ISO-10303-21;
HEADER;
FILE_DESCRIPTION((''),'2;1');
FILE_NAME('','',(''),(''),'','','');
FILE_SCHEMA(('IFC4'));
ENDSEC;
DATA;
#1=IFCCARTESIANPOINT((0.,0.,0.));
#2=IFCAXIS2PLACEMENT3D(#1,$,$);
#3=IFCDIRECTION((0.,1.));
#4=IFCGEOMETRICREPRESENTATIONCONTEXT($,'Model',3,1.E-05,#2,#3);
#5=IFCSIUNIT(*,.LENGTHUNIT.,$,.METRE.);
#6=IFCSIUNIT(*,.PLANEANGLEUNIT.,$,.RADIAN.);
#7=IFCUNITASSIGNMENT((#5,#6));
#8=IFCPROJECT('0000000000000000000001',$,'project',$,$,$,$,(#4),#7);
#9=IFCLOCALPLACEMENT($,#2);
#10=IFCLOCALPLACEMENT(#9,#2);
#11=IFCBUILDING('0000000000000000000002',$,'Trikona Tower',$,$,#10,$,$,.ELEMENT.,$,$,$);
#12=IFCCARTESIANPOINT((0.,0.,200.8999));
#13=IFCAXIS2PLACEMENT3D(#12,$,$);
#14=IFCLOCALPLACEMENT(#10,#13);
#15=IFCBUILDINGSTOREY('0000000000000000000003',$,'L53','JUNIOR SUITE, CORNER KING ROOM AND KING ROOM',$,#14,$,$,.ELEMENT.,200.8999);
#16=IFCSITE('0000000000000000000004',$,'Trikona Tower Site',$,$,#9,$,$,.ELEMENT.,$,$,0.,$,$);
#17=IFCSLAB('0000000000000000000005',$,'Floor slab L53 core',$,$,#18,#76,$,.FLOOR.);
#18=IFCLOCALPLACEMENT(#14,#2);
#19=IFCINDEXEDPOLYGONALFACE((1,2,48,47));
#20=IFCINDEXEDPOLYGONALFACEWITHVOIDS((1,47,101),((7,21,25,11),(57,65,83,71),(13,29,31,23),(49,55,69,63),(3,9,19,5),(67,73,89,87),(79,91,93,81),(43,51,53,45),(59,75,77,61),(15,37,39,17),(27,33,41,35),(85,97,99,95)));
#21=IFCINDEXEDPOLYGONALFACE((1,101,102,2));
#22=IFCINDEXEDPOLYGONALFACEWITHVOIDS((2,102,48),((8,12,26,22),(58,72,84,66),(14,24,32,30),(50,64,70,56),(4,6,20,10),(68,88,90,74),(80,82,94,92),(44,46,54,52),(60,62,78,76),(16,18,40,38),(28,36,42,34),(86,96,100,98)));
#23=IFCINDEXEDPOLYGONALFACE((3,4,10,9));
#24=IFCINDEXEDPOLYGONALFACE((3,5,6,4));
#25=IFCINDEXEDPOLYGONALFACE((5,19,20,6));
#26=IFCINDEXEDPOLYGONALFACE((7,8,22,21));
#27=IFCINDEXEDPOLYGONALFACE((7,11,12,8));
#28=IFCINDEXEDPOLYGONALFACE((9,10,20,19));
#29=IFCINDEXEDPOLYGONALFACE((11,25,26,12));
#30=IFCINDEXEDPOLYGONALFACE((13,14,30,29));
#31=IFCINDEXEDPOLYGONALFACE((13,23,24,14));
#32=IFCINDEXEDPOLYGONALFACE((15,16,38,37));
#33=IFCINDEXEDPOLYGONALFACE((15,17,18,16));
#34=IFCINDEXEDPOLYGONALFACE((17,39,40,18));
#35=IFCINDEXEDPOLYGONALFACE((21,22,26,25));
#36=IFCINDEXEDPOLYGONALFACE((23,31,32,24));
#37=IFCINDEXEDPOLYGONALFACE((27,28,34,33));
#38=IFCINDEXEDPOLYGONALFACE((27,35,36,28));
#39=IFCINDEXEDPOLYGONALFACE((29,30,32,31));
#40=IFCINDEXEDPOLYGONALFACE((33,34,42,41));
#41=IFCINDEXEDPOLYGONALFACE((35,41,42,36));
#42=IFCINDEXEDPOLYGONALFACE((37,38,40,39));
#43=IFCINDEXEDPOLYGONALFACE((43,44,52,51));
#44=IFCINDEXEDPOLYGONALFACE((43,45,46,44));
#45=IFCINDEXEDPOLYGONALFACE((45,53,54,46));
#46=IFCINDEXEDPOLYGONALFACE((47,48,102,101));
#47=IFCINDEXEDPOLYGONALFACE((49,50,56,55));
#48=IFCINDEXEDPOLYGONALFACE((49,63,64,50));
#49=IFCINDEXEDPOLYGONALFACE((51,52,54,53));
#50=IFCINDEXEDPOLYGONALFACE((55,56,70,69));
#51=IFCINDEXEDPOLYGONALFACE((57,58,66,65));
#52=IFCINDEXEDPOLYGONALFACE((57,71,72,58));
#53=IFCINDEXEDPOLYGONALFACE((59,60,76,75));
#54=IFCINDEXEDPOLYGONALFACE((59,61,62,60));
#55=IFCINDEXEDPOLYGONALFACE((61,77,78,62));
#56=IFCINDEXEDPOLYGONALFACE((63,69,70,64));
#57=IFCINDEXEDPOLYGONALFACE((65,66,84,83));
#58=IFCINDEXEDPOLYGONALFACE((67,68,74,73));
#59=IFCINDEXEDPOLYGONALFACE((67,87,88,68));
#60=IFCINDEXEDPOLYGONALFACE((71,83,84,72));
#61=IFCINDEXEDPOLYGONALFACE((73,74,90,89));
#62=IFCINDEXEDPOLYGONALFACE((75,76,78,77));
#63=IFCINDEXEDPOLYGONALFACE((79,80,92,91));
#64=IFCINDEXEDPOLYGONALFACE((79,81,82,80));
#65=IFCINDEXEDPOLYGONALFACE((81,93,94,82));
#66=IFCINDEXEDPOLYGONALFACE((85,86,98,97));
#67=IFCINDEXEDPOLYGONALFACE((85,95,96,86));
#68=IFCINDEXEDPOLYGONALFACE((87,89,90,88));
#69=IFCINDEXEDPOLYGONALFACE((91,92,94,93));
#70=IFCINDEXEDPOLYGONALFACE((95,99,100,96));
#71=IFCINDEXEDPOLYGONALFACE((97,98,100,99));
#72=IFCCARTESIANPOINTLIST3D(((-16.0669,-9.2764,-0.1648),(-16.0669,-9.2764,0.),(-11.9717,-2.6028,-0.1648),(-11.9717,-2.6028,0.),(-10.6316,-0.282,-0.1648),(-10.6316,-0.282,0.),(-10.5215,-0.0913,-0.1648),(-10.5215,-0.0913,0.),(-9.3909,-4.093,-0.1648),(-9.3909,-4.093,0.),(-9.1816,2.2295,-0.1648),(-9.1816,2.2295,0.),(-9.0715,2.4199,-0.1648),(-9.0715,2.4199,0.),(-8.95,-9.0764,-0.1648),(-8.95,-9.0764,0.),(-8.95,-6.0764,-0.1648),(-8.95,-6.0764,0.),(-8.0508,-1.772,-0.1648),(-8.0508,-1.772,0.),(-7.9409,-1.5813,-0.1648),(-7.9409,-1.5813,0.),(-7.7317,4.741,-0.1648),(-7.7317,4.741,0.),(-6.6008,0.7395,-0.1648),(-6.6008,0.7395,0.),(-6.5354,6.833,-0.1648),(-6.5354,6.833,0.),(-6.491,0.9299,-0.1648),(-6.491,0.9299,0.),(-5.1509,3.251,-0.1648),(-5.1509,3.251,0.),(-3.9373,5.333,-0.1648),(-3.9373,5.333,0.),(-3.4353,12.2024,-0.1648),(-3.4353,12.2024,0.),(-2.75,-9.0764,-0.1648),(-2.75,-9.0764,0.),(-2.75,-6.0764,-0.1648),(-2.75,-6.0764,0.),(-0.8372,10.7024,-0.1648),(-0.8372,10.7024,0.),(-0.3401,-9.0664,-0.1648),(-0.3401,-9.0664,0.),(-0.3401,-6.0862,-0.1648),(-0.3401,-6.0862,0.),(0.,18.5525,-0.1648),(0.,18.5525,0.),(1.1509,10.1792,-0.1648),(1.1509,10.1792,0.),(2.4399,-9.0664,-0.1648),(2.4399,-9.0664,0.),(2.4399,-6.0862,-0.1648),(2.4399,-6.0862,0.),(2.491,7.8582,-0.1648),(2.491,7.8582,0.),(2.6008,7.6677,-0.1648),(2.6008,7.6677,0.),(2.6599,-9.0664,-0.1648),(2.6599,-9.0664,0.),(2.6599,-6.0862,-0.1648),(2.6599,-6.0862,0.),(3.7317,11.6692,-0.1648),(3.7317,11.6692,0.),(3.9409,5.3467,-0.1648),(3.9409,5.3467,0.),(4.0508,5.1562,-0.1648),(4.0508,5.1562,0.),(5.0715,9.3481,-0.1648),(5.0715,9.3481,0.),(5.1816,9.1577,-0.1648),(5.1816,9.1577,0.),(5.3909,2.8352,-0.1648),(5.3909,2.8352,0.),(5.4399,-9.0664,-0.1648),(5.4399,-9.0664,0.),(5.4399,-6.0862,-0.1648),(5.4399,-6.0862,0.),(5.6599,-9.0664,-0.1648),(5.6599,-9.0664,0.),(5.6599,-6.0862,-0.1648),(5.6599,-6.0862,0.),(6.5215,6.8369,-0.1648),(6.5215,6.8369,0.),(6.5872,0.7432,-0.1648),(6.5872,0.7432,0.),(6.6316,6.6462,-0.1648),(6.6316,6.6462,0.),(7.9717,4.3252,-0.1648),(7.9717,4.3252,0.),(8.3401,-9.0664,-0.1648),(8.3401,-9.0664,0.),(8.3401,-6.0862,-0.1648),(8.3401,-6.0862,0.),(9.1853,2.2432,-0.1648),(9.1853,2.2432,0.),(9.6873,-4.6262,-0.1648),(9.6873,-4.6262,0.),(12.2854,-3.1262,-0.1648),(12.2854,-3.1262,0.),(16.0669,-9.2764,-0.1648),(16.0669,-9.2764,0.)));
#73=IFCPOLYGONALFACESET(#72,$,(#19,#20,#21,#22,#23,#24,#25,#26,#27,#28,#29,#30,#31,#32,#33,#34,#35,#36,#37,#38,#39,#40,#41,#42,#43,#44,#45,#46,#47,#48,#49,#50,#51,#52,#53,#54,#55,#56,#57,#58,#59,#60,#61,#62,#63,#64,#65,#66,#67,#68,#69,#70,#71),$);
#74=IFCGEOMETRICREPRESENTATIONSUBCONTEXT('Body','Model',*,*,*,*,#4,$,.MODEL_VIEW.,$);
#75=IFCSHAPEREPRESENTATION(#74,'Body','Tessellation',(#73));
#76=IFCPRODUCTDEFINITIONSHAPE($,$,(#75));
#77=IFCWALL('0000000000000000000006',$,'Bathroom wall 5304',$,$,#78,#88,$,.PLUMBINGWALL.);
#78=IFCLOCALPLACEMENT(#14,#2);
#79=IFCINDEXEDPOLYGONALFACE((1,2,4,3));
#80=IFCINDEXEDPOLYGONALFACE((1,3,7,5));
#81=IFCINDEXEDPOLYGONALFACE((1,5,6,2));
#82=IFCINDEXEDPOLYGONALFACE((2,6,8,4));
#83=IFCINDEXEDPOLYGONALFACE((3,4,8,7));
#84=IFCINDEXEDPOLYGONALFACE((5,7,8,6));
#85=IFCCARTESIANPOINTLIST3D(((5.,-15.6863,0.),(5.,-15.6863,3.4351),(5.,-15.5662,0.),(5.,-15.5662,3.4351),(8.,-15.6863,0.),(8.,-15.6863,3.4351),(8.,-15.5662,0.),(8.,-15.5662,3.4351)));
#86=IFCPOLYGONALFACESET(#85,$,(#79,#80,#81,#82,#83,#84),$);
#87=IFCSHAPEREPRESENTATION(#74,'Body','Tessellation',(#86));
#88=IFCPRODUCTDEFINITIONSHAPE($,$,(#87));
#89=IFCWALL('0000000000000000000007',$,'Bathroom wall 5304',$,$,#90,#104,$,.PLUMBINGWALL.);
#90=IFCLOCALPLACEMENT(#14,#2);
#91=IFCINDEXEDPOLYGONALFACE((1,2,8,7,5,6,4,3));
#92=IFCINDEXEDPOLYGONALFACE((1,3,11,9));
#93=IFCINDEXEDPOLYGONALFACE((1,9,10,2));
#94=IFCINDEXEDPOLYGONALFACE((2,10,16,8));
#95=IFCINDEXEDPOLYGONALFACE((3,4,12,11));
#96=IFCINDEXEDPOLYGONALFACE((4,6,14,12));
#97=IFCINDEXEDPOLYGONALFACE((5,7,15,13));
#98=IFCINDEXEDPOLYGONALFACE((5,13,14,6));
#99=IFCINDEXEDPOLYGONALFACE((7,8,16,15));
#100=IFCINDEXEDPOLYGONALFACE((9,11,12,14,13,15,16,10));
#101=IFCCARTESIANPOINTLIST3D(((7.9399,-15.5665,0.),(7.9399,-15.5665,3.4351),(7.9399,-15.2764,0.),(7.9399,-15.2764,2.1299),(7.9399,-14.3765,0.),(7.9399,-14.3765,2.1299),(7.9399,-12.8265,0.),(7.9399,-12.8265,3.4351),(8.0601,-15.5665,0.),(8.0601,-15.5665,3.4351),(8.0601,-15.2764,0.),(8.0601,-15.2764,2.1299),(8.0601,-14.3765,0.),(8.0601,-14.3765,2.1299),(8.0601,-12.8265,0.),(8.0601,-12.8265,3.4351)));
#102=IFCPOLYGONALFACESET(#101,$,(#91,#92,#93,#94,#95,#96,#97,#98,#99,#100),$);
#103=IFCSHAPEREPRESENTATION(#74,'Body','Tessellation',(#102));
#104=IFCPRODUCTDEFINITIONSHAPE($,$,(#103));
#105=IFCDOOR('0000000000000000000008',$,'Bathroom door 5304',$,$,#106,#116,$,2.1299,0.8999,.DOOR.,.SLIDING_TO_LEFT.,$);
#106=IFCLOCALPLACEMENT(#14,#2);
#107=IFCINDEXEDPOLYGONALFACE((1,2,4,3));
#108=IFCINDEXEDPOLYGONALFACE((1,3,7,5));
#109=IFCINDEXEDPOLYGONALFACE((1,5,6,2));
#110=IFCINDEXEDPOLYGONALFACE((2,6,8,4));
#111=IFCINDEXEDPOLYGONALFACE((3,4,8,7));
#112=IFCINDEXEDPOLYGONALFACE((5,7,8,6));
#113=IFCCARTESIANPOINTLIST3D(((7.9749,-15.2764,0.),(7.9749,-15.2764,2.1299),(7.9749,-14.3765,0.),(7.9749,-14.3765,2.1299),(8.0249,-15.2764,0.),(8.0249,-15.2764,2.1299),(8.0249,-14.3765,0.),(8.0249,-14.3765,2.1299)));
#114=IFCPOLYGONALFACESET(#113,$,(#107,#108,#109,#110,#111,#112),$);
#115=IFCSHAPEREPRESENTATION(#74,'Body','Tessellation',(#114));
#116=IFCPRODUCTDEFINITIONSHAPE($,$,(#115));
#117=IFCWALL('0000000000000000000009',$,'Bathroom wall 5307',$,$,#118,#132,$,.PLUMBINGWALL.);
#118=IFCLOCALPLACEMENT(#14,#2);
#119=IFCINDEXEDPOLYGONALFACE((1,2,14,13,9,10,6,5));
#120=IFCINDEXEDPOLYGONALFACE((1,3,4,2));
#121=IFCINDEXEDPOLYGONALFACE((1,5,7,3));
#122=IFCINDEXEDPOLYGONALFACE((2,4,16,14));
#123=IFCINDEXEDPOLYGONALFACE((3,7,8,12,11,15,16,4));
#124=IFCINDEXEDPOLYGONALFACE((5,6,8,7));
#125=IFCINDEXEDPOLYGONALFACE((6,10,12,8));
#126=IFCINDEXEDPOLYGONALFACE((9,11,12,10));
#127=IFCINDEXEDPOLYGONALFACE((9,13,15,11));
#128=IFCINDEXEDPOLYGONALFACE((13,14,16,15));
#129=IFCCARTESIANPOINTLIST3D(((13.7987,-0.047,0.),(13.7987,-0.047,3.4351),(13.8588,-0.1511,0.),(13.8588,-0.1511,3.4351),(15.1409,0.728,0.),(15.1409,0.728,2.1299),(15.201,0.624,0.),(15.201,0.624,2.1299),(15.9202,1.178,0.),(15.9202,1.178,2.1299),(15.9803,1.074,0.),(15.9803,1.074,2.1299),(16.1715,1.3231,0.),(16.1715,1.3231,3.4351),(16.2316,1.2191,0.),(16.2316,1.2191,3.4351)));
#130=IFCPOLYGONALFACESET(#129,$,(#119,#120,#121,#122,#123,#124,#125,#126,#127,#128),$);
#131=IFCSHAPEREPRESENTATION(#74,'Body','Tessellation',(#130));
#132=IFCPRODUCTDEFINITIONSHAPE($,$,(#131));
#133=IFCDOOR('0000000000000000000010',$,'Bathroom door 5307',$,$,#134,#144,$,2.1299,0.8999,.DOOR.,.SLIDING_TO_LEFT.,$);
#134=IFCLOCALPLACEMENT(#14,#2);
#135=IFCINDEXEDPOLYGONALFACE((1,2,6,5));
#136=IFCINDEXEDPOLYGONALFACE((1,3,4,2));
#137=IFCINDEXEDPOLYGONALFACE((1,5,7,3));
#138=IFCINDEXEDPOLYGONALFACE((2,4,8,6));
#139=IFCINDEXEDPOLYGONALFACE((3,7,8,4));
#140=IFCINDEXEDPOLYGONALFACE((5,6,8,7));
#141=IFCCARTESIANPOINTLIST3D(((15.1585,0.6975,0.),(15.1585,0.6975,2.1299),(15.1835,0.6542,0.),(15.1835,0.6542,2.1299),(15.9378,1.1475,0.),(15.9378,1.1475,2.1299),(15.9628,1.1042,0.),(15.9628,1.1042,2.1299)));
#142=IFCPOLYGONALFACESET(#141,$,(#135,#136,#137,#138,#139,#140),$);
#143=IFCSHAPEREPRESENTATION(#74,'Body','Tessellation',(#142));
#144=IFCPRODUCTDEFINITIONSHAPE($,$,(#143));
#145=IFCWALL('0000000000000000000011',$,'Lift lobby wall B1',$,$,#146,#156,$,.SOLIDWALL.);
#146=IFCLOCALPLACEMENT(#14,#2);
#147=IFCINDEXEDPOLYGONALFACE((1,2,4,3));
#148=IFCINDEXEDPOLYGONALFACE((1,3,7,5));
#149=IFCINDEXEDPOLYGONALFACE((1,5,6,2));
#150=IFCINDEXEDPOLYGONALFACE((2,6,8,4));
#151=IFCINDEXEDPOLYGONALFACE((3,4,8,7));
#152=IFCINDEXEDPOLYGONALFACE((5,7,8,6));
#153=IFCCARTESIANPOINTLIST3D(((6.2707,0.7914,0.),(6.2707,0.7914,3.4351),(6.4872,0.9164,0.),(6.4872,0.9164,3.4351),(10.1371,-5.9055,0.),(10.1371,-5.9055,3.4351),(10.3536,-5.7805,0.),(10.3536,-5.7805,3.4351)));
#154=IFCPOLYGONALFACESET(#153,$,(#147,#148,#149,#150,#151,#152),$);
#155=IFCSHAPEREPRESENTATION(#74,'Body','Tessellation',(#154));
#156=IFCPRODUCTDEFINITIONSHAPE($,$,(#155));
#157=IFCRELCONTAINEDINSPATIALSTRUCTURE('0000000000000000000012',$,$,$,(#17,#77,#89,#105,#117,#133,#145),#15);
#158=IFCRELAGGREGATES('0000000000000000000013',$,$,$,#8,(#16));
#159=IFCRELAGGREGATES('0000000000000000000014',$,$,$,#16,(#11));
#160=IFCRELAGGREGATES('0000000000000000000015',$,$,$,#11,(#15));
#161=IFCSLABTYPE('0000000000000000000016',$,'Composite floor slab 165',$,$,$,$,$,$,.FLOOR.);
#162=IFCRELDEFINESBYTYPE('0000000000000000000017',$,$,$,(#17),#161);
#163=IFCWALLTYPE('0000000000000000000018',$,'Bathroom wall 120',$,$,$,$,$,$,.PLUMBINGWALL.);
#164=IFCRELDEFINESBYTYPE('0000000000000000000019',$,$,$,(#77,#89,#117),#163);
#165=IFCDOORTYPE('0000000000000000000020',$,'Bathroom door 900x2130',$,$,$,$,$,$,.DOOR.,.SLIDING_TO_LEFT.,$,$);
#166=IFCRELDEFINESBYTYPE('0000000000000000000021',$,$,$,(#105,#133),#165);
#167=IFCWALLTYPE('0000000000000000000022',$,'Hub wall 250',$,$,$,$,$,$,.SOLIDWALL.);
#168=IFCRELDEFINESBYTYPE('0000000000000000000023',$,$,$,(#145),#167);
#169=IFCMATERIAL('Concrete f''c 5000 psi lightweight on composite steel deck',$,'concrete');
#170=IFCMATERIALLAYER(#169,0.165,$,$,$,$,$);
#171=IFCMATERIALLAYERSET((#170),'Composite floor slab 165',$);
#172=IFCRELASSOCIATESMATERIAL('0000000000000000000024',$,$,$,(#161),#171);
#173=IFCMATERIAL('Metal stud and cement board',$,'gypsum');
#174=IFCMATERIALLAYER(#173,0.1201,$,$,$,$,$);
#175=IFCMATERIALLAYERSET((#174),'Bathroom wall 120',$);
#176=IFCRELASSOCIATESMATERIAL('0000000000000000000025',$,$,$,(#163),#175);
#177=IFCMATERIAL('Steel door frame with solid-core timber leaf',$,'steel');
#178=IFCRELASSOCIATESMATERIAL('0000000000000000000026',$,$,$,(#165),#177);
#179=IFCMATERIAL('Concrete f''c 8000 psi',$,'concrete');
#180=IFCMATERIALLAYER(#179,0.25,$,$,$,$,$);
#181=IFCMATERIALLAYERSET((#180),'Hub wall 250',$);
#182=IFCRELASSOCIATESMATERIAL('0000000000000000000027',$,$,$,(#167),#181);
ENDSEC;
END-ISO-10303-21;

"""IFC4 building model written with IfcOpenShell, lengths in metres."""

from ifc_helpers import new_model, si_unit, direction, frame, frame_2d, origin, place, context, subcontext, project, spatial, polyline, rectangle, outline, extrude, material, layer, layer_set, type_object, element, fill, save


model = new_model("IFC4")

# Units and contexts
model_context = context("Model", 3, precision=1e-05, world=origin(), true_north=direction((0.0, 1.0)))
body_context = subcontext(model_context, "Body", "Model", "MODEL_VIEW")
ifc_project = project(units=[si_unit("LENGTHUNIT", "METRE"), si_unit("PLANEANGLEUNIT", "RADIAN")], contexts=[model_context])

# Site, building, storey
site_placement = place(None, origin())
site = spatial("IfcSite", under=ifc_project, at=site_placement, Name="Trikona Tower Site", CompositionType="ELEMENT", RefElevation=0.0)
building_placement = place(site_placement, origin())
building = spatial("IfcBuilding", under=site, at=building_placement, Name="Trikona Tower", CompositionType="ELEMENT")
storey_placement = place(building_placement, frame((0.0, 0.0, 200.8999)))
storey = spatial("IfcBuildingStorey", under=building, at=storey_placement, Name="L53", Description="JUNIOR SUITE, CORNER KING ROOM AND KING ROOM", CompositionType="ELEMENT", Elevation=200.8999)

# Slab
ifc_material_1 = material(Name="Concrete f'c 5000 psi lightweight on composite steel deck", Category="concrete")
ifc_layer_1 = layer(ifc_material_1, 0.165)
ifc_layer_set_1 = layer_set([ifc_layer_1], Name="Composite floor slab 165")
slab_type = type_object("IfcSlabType", Name="Composite floor slab 165", PredefinedType="FLOOR", material=ifc_layer_set_1)
slab_placement = place(storey_placement, frame((0.0, 0.0, -0.1648)))
element("IfcSlab", 1, at=slab_placement, inside=storey, type_object=slab_type, Name="Floor slab L53 core", PredefinedType="FLOOR", context=body_context, shape_type="SweptSolid", body=[
    extrude(outline(polyline([(-16.0669, -9.2764), (16.0669, -9.2764), (0.0, 18.5525), (-16.0669, -9.2764)]), holes=[polyline([(12.2854, -3.1262), (9.1853, 2.2432), (6.5872, 0.7432), (9.6873, -4.6262), (12.2854, -3.1262)]), polyline([(8.3401, -9.0664), (8.3401, -6.0862), (5.6599, -6.0862), (5.6599, -9.0664), (8.3401, -9.0664)]), polyline([(5.3909, 2.8352), (7.9717, 4.3252), (6.6316, 6.6462), (4.0508, 5.1562), (5.3909, 2.8352)]), polyline([(2.6008, 7.6677), (3.9409, 5.3467), (6.5215, 6.8369), (5.1816, 9.1577), (2.6008, 7.6677)]), polyline([(5.4399, -6.0862), (2.6599, -6.0862), (2.6599, -9.0664), (5.4399, -9.0664), (5.4399, -6.0862)]), polyline([(3.7317, 11.6692), (1.1509, 10.1792), (2.491, 7.8582), (5.0715, 9.3481), (3.7317, 11.6692)]), polyline([(-0.3401, -6.0862), (-0.3401, -9.0664), (2.4399, -9.0664), (2.4399, -6.0862), (-0.3401, -6.0862)]), polyline([(-3.4353, 12.2024), (-6.5354, 6.833), (-3.9373, 5.333), (-0.8372, 10.7024), (-3.4353, 12.2024)]), polyline([(-8.95, -9.0764), (-2.75, -9.0764), (-2.75, -6.0764), (-8.95, -6.0764), (-8.95, -9.0764)]), polyline([(-5.1509, 3.251), (-7.7317, 4.741), (-9.0715, 2.4199), (-6.491, 0.9299), (-5.1509, 3.251)]), polyline([(-7.9409, -1.5813), (-6.6008, 0.7395), (-9.1816, 2.2295), (-10.5215, -0.0913), (-7.9409, -1.5813)]), polyline([(-11.9717, -2.6028), (-9.3909, -4.093), (-8.0508, -1.772), (-10.6316, -0.282), (-11.9717, -2.6028)])]), origin(), (0.0, 0.0, 1.0), 0.1648),
])

# Wall
ifc_material_2 = material(Name="Metal stud and cement board", Category="gypsum")
ifc_layer_2 = layer(ifc_material_2, 0.1201)
ifc_layer_set_2 = layer_set([ifc_layer_2], Name="Bathroom wall 120")
wall_type_1 = type_object("IfcWallType", Name="Bathroom wall 120", PredefinedType="PLUMBINGWALL", material=ifc_layer_set_2)
wall_1_placement = place(storey_placement, frame((5.0, -15.6262, 0.0), z_axis=(0.0, 0.0, 1.0), x_axis=(1.0, 0.0, 0.0)))
element("IfcWall", 2, at=wall_1_placement, inside=storey, type_object=wall_type_1, Name="Bathroom wall 5304", PredefinedType="PLUMBINGWALL", context=body_context, shape_type="SweptSolid", body=[
    extrude(rectangle(XDim=3.0, YDim=0.1201, at=frame_2d((1.5, 0.0))), origin(), (0.0, 0.0, 1.0), 3.4351),
])

# Walls, openings, doors
wall_2_placement = place(storey_placement, frame((8.0, -12.8264, 0.0), z_axis=(0.0, 0.0, 1.0), x_axis=(0.0, -1.0, 0.0)))
wall_2 = element("IfcWall", 3, at=wall_2_placement, inside=storey, type_object=wall_type_1, Name="Bathroom wall 5304", PredefinedType="PLUMBINGWALL", context=body_context, shape_type="SweptSolid", body=[
    extrude(rectangle(XDim=2.74, YDim=0.1201, at=frame_2d((1.3701, 0.0))), origin(), (0.0, 0.0, 1.0), 3.4351),
])
opening_1_placement = place(wall_2_placement, frame((1.55, 0.0, 0.0)))
opening_1 = element("IfcOpeningElement", 4, at=opening_1_placement, cuts=wall_2, PredefinedType="OPENING", context=body_context, shape_type="SweptSolid", body=[
    extrude(rectangle(XDim=0.8999, YDim=2.1299, at=frame_2d((0.45, 1.0649))), frame((0.0, 0.0701, 0.0), z_axis=(0.0, -1.0, 0.0), x_axis=(1.0, 0.0, 0.0)), (0.0, 0.0, 1.0), 0.1401),
])
ifc_material_3 = material(Name="Steel door frame with solid-core timber leaf", Category="steel")
door_type_1 = type_object("IfcDoorType", Name="Bathroom door 900x2130", OperationType="SLIDING_TO_LEFT", PredefinedType="DOOR", material=ifc_material_3)
door_1_placement = place(opening_1_placement, origin())
door_1 = element("IfcDoor", 5, at=door_1_placement, inside=storey, type_object=door_type_1, Name="Bathroom door 5304", OperationType="SLIDING_TO_LEFT", OverallHeight=2.1299, OverallWidth=0.8999, PredefinedType="DOOR", context=body_context, shape_type="SweptSolid", body=[
    extrude(rectangle(XDim=0.8999, YDim=2.1299, at=frame_2d((0.45, 1.0649))), frame((0.0, 0.0249, 0.0), z_axis=(0.0, -1.0, 0.0), x_axis=(1.0, 0.0, 0.0)), (0.0, 0.0, 1.0), 0.05),
])
fill(opening_1, door_1)
wall_3_placement = place(storey_placement, frame((13.8286, -0.0991, 0.0), z_axis=(0.0, 0.0, 1.0), x_axis=(0.865997, 0.500049, 0.0)))
wall_3 = element("IfcWall", 6, at=wall_3_placement, inside=storey, type_object=wall_type_1, Name="Bathroom wall 5307", PredefinedType="PLUMBINGWALL", context=body_context, shape_type="SweptSolid", body=[
    extrude(rectangle(XDim=2.74, YDim=0.1201, at=frame_2d((1.3701, 0.0))), origin(), (0.0, 0.0, 1.0), 3.4351),
])
opening_2_placement = place(wall_3_placement, frame((1.55, 0.0, 0.0)))
opening_2 = element("IfcOpeningElement", 7, at=opening_2_placement, cuts=wall_3, PredefinedType="OPENING", context=body_context, shape_type="SweptSolid", body=[
    extrude(rectangle(XDim=0.8999, YDim=2.1299, at=frame_2d((0.45, 1.0649))), frame((0.0, 0.0701, 0.0), z_axis=(0.0, -1.0, 0.0), x_axis=(1.0, 0.0, 0.0)), (0.0, 0.0, 1.0), 0.1401),
])
door_2_placement = place(opening_2_placement, origin())
door_2 = element("IfcDoor", 8, at=door_2_placement, inside=storey, type_object=door_type_1, Name="Bathroom door 5307", OperationType="SLIDING_TO_LEFT", OverallHeight=2.1299, OverallWidth=0.8999, PredefinedType="DOOR", context=body_context, shape_type="SweptSolid", body=[
    extrude(rectangle(XDim=0.8999, YDim=2.1299, at=frame_2d((0.45, 1.0649))), frame((0.0, 0.0249, 0.0), z_axis=(0.0, -1.0, 0.0), x_axis=(1.0, 0.0, 0.0)), (0.0, 0.0, 1.0), 0.05),
])
fill(opening_2, door_2)

# Wall
ifc_material_4 = material(Name="Concrete f'c 8000 psi", Category="concrete")
ifc_layer_3 = layer(ifc_material_4, 0.25)
ifc_layer_set_3 = layer_set([ifc_layer_3], Name="Hub wall 250")
wall_type_2 = type_object("IfcWallType", Name="Hub wall 250", PredefinedType="SOLIDWALL", material=ifc_layer_set_3)
wall_4_placement = place(storey_placement, frame((10.2454, -5.843, 0.0), z_axis=(0.0, 0.0, 1.0), x_axis=(-0.499993, 0.866029, 0.0)))
element("IfcWall", 9, at=wall_4_placement, inside=storey, type_object=wall_type_2, Name="Lift lobby wall B1", PredefinedType="SOLIDWALL", context=body_context, shape_type="SweptSolid", body=[
    extrude(rectangle(XDim=7.7329, YDim=0.25, at=frame_2d((3.8665, 0.0))), origin(), (0.0, 0.0, 1.0), 3.4351),
])

save(model, "model.ifc")
